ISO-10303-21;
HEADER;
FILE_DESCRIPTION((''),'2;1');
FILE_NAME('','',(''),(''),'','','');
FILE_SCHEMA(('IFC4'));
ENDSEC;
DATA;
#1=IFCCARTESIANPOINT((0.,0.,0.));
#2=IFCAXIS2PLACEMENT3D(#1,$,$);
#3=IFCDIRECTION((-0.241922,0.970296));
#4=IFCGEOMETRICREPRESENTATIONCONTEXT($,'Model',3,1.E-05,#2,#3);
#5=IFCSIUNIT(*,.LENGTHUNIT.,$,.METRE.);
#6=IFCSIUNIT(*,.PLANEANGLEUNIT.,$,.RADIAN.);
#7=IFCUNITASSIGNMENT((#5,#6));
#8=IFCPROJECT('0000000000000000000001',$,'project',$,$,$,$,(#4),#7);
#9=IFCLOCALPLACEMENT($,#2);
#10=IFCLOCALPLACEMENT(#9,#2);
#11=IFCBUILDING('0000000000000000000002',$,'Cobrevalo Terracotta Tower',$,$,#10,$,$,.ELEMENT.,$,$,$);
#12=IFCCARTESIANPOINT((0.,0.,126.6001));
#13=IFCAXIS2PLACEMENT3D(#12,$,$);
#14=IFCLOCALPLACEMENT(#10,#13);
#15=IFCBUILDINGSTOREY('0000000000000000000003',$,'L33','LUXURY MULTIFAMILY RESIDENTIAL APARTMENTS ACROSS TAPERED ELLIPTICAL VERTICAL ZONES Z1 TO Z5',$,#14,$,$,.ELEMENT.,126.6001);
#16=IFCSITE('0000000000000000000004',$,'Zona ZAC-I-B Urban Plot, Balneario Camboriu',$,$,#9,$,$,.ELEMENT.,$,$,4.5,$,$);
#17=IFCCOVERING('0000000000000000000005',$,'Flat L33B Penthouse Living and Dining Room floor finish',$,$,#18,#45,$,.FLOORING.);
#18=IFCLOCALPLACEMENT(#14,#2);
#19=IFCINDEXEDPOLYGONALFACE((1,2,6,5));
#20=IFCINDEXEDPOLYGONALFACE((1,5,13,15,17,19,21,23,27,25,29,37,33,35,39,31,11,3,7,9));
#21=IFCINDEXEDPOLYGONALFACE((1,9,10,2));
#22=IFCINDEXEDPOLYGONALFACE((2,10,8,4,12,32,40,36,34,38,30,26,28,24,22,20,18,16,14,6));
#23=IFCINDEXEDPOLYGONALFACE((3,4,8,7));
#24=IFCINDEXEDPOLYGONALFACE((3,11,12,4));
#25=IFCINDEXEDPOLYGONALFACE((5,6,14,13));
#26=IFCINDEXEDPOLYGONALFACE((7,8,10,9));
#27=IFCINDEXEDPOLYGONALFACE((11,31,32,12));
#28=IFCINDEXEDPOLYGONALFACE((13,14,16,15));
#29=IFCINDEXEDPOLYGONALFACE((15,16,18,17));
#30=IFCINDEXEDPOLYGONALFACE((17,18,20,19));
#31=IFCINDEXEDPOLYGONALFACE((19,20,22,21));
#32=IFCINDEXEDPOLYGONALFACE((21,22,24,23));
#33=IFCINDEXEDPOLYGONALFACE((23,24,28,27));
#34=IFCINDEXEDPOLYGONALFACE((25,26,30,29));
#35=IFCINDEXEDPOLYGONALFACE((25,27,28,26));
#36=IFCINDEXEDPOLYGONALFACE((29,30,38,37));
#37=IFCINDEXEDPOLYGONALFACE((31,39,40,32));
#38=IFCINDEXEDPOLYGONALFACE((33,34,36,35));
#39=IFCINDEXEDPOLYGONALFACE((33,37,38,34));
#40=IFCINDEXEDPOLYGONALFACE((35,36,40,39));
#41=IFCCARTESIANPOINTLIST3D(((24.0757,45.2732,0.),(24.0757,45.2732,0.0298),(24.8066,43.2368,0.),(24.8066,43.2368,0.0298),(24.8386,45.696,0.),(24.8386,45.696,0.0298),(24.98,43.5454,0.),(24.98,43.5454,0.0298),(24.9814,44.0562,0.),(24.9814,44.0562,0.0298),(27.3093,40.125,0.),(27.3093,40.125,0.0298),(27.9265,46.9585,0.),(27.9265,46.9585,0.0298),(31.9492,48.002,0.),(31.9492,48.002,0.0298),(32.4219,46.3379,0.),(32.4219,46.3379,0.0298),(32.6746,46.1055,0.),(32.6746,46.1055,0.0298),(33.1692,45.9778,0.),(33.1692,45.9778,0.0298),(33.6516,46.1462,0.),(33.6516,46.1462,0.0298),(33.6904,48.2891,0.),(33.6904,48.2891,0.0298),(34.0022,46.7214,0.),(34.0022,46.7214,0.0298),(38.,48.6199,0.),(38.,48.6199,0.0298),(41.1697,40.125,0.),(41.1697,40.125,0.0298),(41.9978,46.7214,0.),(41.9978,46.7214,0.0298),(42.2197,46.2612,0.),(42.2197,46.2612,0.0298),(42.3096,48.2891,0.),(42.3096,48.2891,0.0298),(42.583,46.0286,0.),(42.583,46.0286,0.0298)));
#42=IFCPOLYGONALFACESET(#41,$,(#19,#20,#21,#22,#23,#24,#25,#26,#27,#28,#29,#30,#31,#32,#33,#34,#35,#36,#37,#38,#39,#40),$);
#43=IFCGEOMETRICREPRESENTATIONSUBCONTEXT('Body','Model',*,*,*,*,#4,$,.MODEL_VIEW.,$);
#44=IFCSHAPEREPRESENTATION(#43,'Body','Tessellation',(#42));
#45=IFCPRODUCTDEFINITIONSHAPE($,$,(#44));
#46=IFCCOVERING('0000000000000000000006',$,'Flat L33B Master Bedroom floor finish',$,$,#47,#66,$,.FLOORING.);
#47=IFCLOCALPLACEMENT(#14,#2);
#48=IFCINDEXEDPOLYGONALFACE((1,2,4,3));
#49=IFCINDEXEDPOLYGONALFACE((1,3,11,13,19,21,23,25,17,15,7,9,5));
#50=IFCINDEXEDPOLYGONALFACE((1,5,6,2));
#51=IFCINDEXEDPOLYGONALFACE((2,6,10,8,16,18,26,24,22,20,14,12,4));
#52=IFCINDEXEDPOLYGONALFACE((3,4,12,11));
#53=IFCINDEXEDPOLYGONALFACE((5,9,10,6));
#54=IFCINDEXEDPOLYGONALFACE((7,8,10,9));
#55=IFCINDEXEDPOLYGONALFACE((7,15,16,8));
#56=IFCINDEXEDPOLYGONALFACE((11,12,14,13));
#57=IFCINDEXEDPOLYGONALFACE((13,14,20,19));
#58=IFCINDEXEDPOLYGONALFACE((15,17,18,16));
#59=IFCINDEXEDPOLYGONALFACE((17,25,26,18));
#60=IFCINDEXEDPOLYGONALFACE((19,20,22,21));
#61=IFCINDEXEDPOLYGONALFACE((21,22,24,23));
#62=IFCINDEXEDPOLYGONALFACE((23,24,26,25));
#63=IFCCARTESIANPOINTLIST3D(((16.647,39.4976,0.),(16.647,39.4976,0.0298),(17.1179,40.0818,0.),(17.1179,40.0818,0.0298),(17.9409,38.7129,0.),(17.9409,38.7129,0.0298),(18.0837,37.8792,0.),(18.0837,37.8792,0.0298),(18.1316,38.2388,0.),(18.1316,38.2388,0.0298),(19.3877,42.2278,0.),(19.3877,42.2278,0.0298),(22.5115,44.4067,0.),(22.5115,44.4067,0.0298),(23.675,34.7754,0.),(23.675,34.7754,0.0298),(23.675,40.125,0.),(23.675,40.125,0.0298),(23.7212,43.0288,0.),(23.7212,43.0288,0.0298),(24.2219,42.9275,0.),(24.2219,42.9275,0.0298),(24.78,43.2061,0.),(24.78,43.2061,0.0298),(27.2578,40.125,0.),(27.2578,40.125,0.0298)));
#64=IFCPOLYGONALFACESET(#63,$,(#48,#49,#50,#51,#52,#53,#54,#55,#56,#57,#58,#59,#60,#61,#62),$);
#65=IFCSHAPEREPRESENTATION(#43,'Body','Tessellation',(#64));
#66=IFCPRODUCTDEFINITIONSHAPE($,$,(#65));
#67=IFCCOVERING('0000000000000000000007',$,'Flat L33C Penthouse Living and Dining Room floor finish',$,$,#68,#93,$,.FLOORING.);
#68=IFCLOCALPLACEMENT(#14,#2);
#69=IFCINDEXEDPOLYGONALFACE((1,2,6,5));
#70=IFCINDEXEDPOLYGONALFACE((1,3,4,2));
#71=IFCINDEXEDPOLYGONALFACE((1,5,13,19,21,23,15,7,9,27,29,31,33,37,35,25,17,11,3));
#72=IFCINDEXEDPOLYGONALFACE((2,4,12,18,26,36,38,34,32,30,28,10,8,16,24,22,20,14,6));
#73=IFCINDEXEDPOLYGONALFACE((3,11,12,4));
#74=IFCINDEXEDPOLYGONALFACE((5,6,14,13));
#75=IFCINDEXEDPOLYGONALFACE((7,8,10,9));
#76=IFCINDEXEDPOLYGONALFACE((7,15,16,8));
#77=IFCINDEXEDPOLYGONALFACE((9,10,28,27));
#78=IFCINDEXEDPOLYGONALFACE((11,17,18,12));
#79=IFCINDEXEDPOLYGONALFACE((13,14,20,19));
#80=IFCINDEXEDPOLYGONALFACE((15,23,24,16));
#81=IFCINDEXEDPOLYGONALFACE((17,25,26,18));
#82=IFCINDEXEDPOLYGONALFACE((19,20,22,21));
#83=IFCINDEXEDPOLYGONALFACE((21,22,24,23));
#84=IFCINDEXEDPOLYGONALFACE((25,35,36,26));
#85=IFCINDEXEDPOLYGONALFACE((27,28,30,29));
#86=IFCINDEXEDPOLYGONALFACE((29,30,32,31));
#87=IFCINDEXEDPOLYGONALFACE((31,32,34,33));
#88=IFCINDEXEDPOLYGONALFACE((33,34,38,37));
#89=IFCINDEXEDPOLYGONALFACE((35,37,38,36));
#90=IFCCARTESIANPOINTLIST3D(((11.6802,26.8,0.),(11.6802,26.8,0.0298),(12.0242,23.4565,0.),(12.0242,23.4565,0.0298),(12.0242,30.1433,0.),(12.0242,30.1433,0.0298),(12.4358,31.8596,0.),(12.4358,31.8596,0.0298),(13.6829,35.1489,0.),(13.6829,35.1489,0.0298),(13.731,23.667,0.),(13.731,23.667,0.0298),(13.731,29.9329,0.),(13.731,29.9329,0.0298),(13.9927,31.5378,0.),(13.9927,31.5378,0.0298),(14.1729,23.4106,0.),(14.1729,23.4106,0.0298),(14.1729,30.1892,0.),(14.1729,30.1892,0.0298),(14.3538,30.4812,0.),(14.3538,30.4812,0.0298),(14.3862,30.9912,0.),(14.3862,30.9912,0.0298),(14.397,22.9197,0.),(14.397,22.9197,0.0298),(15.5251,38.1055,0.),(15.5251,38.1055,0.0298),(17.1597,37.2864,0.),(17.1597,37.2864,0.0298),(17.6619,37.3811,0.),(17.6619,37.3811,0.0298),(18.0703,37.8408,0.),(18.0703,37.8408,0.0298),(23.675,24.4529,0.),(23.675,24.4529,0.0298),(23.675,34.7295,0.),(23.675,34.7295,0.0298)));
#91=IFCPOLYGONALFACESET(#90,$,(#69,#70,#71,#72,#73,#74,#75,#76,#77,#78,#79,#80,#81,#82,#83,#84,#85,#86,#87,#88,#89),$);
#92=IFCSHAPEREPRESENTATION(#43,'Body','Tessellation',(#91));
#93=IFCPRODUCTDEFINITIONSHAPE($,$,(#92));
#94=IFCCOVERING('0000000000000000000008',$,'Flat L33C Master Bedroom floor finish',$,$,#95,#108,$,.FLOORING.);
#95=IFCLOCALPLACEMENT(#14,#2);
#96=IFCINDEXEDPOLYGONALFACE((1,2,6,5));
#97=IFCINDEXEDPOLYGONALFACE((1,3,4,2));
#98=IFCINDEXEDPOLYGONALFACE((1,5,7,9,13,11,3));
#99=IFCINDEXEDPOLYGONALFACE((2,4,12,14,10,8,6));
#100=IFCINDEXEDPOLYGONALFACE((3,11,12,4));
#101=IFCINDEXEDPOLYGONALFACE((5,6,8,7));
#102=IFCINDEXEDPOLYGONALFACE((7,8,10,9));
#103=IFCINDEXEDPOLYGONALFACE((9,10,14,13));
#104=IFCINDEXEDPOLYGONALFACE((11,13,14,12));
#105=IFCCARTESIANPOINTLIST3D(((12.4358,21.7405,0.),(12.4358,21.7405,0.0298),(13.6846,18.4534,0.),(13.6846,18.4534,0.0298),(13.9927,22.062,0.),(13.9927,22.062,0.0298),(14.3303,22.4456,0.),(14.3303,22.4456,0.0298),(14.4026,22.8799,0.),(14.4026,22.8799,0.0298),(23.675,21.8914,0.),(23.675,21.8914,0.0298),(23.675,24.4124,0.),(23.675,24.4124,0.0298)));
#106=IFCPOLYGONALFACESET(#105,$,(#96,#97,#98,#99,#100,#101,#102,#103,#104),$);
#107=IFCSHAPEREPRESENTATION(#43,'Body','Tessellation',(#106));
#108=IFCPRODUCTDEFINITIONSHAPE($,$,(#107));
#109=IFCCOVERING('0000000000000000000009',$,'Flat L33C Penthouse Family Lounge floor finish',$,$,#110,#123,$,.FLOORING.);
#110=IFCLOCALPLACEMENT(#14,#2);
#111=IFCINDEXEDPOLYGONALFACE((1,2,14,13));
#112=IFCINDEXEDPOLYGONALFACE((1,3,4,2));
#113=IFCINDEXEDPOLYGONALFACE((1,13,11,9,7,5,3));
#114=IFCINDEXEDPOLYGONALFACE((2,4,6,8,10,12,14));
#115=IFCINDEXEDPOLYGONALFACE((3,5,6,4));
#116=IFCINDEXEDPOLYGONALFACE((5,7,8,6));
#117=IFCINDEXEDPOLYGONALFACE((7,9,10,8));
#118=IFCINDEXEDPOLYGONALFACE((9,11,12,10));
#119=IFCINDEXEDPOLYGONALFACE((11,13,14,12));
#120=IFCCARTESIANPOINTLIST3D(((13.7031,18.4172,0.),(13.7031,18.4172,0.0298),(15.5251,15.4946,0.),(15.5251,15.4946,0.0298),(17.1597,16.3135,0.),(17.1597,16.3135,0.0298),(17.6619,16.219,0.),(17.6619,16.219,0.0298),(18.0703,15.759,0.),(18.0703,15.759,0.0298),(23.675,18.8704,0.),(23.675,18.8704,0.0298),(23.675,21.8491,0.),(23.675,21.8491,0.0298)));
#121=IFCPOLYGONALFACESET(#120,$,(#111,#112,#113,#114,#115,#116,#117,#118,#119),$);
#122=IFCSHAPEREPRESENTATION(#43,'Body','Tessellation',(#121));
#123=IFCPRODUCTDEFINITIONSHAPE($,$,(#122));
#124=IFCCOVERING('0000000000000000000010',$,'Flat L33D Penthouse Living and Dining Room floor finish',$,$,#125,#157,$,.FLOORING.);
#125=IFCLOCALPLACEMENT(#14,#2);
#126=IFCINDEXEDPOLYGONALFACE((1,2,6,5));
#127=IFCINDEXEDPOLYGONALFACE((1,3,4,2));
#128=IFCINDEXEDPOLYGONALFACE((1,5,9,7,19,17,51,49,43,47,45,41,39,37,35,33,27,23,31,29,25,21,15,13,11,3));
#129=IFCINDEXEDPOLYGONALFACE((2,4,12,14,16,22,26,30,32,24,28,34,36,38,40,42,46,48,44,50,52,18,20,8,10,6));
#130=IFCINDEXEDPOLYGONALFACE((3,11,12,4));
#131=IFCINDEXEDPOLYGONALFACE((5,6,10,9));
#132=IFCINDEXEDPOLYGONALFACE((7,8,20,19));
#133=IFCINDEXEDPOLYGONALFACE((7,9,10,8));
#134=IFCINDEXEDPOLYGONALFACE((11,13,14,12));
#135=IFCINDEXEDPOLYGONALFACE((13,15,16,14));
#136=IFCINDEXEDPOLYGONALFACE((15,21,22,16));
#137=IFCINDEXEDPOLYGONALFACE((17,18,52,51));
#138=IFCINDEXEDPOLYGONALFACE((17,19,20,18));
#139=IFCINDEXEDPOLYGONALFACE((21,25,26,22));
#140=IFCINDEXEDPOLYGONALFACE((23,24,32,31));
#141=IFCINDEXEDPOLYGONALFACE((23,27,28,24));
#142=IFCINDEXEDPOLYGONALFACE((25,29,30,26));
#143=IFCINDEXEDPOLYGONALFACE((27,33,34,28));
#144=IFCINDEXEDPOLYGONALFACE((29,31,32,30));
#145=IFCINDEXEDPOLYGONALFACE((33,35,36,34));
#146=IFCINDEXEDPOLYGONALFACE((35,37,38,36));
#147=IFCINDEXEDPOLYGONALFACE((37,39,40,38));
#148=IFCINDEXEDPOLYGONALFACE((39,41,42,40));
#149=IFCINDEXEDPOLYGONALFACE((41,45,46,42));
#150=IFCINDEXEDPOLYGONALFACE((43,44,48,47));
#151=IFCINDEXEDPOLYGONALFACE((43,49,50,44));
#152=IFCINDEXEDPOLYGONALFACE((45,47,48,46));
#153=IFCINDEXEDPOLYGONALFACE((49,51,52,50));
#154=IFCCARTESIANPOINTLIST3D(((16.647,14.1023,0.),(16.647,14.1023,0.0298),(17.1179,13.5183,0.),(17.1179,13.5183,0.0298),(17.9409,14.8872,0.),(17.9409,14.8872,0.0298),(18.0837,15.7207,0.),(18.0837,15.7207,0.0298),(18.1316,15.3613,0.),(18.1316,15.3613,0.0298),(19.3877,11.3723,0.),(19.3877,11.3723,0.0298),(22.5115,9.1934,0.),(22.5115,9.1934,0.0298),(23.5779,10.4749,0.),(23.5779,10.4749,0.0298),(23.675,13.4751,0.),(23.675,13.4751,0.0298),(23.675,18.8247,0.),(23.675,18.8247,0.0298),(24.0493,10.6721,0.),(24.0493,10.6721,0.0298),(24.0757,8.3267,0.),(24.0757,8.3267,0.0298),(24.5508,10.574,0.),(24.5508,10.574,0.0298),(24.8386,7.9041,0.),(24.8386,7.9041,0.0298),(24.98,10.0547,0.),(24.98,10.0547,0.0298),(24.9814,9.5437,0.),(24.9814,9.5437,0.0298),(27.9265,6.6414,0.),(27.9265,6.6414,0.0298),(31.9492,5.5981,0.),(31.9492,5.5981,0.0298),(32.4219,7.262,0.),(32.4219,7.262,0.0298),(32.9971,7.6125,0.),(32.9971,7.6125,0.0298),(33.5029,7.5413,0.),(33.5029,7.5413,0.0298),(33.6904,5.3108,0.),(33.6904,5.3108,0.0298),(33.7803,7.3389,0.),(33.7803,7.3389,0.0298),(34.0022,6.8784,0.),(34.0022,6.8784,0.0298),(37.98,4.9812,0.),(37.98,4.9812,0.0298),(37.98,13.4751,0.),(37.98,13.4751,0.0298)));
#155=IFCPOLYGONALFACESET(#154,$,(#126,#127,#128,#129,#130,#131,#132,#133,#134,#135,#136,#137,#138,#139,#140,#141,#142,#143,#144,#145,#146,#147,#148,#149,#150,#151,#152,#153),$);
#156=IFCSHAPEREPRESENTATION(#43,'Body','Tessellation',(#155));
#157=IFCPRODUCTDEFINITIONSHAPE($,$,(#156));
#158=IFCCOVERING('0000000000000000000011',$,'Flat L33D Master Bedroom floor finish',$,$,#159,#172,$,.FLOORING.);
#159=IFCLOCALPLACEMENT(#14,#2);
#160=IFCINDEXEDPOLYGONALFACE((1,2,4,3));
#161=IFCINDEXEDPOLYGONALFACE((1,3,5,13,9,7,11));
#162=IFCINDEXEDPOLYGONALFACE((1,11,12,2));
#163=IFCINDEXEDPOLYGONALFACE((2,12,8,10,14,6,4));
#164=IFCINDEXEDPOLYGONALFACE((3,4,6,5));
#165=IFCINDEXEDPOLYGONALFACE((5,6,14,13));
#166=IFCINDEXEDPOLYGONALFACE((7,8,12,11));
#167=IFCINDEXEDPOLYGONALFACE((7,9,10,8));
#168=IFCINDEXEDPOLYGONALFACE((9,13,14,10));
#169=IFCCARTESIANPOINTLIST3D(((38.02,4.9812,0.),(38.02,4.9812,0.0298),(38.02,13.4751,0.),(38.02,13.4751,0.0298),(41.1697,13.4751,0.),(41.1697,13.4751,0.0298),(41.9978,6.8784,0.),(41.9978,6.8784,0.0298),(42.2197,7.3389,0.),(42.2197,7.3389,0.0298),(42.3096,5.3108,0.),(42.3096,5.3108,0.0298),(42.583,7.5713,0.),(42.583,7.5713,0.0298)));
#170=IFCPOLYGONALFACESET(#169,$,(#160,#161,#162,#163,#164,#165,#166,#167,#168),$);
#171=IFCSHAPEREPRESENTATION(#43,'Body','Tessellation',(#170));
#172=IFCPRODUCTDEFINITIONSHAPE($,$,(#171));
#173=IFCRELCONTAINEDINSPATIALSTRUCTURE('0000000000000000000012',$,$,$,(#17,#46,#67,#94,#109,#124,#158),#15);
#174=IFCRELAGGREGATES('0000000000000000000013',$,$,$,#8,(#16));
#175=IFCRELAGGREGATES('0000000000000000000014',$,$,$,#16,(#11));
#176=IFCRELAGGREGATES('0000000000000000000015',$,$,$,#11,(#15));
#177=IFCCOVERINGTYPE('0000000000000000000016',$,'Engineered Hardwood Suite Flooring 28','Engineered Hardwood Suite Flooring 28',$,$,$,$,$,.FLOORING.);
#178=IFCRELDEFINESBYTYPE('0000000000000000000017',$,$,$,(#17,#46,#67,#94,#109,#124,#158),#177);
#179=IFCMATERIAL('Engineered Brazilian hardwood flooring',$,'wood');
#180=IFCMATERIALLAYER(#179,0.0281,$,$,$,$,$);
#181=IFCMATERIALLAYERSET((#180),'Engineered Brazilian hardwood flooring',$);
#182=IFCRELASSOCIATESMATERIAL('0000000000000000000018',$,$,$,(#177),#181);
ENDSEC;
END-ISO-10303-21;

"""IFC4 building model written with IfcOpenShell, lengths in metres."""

from ifc_helpers import new_model, si_unit, direction, frame, origin, place, context, subcontext, project, spatial, polyline, outline, extrude, material, layer, layer_set, type_object, element, save


model = new_model("IFC4")

# Units and contexts
model_context = context("Model", 3, precision=1e-05, world=origin(), true_north=direction((-0.241922, 0.970296)))
body_context = subcontext(model_context, "Body", "Model", "MODEL_VIEW")
ifc_project = project(units=[si_unit("LENGTHUNIT", "METRE"), si_unit("PLANEANGLEUNIT", "RADIAN")], contexts=[model_context])

# Site, building, storey
site_placement = place(None, origin())
site = spatial("IfcSite", under=ifc_project, at=site_placement, Name="Zona ZAC-I-B Urban Plot, Balneario Camboriu", CompositionType="ELEMENT", RefElevation=4.5)
building_placement = place(site_placement, origin())
building = spatial("IfcBuilding", under=site, at=building_placement, Name="Cobrevalo Terracotta Tower", CompositionType="ELEMENT")
storey_placement = place(building_placement, frame((0.0, 0.0, 126.6001)))
storey = spatial("IfcBuildingStorey", under=building, at=storey_placement, Name="L33", Description="LUXURY MULTIFAMILY RESIDENTIAL APARTMENTS ACROSS TAPERED ELLIPTICAL VERTICAL ZONES Z1 TO Z5", CompositionType="ELEMENT", Elevation=126.6001)

# Coverings
ifc_material_1 = material(Name="Engineered Brazilian hardwood flooring", Category="wood")
ifc_layer_1 = layer(ifc_material_1, 0.0281)
ifc_layer_set_1 = layer_set([ifc_layer_1], Name="Engineered Brazilian hardwood flooring")
covering_type_1 = type_object("IfcCoveringType", Name="Engineered Hardwood Suite Flooring 28", Description="Engineered Hardwood Suite Flooring 28", PredefinedType="FLOORING", material=ifc_layer_set_1)
covering_1_placement = place(storey_placement, origin())
element("IfcCovering", 1, at=covering_1_placement, inside=storey, type_object=covering_type_1, Name="Flat L33B Penthouse Living and Dining Room floor finish", PredefinedType="FLOORING", context=body_context, shape_type="SweptSolid", body=[
    extrude(outline(polyline([(27.9265, 46.9585), (31.9492, 48.002), (32.4219, 46.3379), (32.6746, 46.1055), (33.1692, 45.9778), (33.6516, 46.1462), (34.0022, 46.7214), (33.6904, 48.2891), (38.0, 48.6199), (42.3096, 48.2891), (41.9978, 46.7214), (42.2197, 46.2612), (42.583, 46.0286), (41.1697, 40.125), (27.3093, 40.125), (24.8066, 43.2368), (24.98, 43.5454), (24.9814, 44.0562), (24.0757, 45.2732), (24.8386, 45.696), (27.9265, 46.9585)])), origin(), (0.0, 0.0, 1.0), 0.0298),
])
covering_2_placement = place(storey_placement, origin())
element("IfcCovering", 2, at=covering_2_placement, inside=storey, type_object=covering_type_1, Name="Flat L33B Master Bedroom floor finish", PredefinedType="FLOORING", context=body_context, shape_type="SweptSolid", body=[
    extrude(outline(polyline([(22.5115, 44.4067), (23.7212, 43.0288), (24.2219, 42.9275), (24.78, 43.2061), (27.2578, 40.125), (23.675, 40.125), (23.675, 34.7754), (18.0837, 37.8792), (18.1316, 38.2388), (17.9409, 38.7129), (16.647, 39.4976), (17.1179, 40.0818), (19.3877, 42.2278), (22.5115, 44.4067)])), origin(), (0.0, 0.0, 1.0), 0.0298),
])
covering_3_placement = place(storey_placement, origin())
element("IfcCovering", 3, at=covering_3_placement, inside=storey, type_object=covering_type_1, Name="Flat L33C Penthouse Living and Dining Room floor finish", PredefinedType="FLOORING", context=body_context, shape_type="SweptSolid", body=[
    extrude(outline(polyline([(11.6802, 26.8), (12.0242, 30.1433), (13.731, 29.9329), (14.1729, 30.1892), (14.3538, 30.4812), (14.3862, 30.9912), (13.9927, 31.5378), (12.4358, 31.8596), (13.6829, 35.1489), (15.5251, 38.1055), (17.1597, 37.2864), (17.6619, 37.3811), (18.0703, 37.8408), (23.675, 34.7295), (23.675, 24.4529), (14.397, 22.9197), (14.1729, 23.4106), (13.731, 23.667), (12.0242, 23.4565), (11.6802, 26.8)])), origin(), (0.0, 0.0, 1.0), 0.0298),
])
covering_4_placement = place(storey_placement, origin())
element("IfcCovering", 4, at=covering_4_placement, inside=storey, type_object=covering_type_1, Name="Flat L33C Master Bedroom floor finish", PredefinedType="FLOORING", context=body_context, shape_type="SweptSolid", body=[
    extrude(outline(polyline([(12.4358, 21.7405), (13.9927, 22.062), (14.3303, 22.4456), (14.4026, 22.8799), (23.675, 24.4124), (23.675, 21.8914), (13.6846, 18.4534), (12.4358, 21.7405)])), origin(), (0.0, 0.0, 1.0), 0.0298),
])
covering_5_placement = place(storey_placement, origin())
element("IfcCovering", 5, at=covering_5_placement, inside=storey, type_object=covering_type_1, Name="Flat L33C Penthouse Family Lounge floor finish", PredefinedType="FLOORING", context=body_context, shape_type="SweptSolid", body=[
    extrude(outline(polyline([(18.0703, 15.759), (17.6619, 16.219), (17.1597, 16.3135), (15.5251, 15.4946), (13.7031, 18.4172), (23.675, 21.8491), (23.675, 18.8704), (18.0703, 15.759)])), origin(), (0.0, 0.0, 1.0), 0.0298),
])
covering_6_placement = place(storey_placement, origin())
element("IfcCovering", 6, at=covering_6_placement, inside=storey, type_object=covering_type_1, Name="Flat L33D Penthouse Living and Dining Room floor finish", PredefinedType="FLOORING", context=body_context, shape_type="SweptSolid", body=[
    extrude(outline(polyline([(33.6904, 5.3108), (34.0022, 6.8784), (33.7803, 7.3389), (33.5029, 7.5413), (32.9971, 7.6125), (32.4219, 7.262), (31.9492, 5.5981), (27.9265, 6.6414), (24.8386, 7.9041), (24.0757, 8.3267), (24.9814, 9.5437), (24.98, 10.0547), (24.5508, 10.574), (24.0493, 10.6721), (23.5779, 10.4749), (22.5115, 9.1934), (19.3877, 11.3723), (17.1179, 13.5183), (16.647, 14.1023), (17.9409, 14.8872), (18.1316, 15.3613), (18.0837, 15.7207), (23.675, 18.8247), (23.675, 13.4751), (37.98, 13.4751), (37.98, 4.9812), (33.6904, 5.3108)])), origin(), (0.0, 0.0, 1.0), 0.0298),
])
covering_7_placement = place(storey_placement, origin())
element("IfcCovering", 7, at=covering_7_placement, inside=storey, type_object=covering_type_1, Name="Flat L33D Master Bedroom floor finish", PredefinedType="FLOORING", context=body_context, shape_type="SweptSolid", body=[
    extrude(outline(polyline([(38.02, 4.9812), (38.02, 13.4751), (41.1697, 13.4751), (42.583, 7.5713), (42.2197, 7.3389), (41.9978, 6.8784), (42.3096, 5.3108), (38.02, 4.9812)])), origin(), (0.0, 0.0, 1.0), 0.0298),
])

save(model, "model.ifc")
